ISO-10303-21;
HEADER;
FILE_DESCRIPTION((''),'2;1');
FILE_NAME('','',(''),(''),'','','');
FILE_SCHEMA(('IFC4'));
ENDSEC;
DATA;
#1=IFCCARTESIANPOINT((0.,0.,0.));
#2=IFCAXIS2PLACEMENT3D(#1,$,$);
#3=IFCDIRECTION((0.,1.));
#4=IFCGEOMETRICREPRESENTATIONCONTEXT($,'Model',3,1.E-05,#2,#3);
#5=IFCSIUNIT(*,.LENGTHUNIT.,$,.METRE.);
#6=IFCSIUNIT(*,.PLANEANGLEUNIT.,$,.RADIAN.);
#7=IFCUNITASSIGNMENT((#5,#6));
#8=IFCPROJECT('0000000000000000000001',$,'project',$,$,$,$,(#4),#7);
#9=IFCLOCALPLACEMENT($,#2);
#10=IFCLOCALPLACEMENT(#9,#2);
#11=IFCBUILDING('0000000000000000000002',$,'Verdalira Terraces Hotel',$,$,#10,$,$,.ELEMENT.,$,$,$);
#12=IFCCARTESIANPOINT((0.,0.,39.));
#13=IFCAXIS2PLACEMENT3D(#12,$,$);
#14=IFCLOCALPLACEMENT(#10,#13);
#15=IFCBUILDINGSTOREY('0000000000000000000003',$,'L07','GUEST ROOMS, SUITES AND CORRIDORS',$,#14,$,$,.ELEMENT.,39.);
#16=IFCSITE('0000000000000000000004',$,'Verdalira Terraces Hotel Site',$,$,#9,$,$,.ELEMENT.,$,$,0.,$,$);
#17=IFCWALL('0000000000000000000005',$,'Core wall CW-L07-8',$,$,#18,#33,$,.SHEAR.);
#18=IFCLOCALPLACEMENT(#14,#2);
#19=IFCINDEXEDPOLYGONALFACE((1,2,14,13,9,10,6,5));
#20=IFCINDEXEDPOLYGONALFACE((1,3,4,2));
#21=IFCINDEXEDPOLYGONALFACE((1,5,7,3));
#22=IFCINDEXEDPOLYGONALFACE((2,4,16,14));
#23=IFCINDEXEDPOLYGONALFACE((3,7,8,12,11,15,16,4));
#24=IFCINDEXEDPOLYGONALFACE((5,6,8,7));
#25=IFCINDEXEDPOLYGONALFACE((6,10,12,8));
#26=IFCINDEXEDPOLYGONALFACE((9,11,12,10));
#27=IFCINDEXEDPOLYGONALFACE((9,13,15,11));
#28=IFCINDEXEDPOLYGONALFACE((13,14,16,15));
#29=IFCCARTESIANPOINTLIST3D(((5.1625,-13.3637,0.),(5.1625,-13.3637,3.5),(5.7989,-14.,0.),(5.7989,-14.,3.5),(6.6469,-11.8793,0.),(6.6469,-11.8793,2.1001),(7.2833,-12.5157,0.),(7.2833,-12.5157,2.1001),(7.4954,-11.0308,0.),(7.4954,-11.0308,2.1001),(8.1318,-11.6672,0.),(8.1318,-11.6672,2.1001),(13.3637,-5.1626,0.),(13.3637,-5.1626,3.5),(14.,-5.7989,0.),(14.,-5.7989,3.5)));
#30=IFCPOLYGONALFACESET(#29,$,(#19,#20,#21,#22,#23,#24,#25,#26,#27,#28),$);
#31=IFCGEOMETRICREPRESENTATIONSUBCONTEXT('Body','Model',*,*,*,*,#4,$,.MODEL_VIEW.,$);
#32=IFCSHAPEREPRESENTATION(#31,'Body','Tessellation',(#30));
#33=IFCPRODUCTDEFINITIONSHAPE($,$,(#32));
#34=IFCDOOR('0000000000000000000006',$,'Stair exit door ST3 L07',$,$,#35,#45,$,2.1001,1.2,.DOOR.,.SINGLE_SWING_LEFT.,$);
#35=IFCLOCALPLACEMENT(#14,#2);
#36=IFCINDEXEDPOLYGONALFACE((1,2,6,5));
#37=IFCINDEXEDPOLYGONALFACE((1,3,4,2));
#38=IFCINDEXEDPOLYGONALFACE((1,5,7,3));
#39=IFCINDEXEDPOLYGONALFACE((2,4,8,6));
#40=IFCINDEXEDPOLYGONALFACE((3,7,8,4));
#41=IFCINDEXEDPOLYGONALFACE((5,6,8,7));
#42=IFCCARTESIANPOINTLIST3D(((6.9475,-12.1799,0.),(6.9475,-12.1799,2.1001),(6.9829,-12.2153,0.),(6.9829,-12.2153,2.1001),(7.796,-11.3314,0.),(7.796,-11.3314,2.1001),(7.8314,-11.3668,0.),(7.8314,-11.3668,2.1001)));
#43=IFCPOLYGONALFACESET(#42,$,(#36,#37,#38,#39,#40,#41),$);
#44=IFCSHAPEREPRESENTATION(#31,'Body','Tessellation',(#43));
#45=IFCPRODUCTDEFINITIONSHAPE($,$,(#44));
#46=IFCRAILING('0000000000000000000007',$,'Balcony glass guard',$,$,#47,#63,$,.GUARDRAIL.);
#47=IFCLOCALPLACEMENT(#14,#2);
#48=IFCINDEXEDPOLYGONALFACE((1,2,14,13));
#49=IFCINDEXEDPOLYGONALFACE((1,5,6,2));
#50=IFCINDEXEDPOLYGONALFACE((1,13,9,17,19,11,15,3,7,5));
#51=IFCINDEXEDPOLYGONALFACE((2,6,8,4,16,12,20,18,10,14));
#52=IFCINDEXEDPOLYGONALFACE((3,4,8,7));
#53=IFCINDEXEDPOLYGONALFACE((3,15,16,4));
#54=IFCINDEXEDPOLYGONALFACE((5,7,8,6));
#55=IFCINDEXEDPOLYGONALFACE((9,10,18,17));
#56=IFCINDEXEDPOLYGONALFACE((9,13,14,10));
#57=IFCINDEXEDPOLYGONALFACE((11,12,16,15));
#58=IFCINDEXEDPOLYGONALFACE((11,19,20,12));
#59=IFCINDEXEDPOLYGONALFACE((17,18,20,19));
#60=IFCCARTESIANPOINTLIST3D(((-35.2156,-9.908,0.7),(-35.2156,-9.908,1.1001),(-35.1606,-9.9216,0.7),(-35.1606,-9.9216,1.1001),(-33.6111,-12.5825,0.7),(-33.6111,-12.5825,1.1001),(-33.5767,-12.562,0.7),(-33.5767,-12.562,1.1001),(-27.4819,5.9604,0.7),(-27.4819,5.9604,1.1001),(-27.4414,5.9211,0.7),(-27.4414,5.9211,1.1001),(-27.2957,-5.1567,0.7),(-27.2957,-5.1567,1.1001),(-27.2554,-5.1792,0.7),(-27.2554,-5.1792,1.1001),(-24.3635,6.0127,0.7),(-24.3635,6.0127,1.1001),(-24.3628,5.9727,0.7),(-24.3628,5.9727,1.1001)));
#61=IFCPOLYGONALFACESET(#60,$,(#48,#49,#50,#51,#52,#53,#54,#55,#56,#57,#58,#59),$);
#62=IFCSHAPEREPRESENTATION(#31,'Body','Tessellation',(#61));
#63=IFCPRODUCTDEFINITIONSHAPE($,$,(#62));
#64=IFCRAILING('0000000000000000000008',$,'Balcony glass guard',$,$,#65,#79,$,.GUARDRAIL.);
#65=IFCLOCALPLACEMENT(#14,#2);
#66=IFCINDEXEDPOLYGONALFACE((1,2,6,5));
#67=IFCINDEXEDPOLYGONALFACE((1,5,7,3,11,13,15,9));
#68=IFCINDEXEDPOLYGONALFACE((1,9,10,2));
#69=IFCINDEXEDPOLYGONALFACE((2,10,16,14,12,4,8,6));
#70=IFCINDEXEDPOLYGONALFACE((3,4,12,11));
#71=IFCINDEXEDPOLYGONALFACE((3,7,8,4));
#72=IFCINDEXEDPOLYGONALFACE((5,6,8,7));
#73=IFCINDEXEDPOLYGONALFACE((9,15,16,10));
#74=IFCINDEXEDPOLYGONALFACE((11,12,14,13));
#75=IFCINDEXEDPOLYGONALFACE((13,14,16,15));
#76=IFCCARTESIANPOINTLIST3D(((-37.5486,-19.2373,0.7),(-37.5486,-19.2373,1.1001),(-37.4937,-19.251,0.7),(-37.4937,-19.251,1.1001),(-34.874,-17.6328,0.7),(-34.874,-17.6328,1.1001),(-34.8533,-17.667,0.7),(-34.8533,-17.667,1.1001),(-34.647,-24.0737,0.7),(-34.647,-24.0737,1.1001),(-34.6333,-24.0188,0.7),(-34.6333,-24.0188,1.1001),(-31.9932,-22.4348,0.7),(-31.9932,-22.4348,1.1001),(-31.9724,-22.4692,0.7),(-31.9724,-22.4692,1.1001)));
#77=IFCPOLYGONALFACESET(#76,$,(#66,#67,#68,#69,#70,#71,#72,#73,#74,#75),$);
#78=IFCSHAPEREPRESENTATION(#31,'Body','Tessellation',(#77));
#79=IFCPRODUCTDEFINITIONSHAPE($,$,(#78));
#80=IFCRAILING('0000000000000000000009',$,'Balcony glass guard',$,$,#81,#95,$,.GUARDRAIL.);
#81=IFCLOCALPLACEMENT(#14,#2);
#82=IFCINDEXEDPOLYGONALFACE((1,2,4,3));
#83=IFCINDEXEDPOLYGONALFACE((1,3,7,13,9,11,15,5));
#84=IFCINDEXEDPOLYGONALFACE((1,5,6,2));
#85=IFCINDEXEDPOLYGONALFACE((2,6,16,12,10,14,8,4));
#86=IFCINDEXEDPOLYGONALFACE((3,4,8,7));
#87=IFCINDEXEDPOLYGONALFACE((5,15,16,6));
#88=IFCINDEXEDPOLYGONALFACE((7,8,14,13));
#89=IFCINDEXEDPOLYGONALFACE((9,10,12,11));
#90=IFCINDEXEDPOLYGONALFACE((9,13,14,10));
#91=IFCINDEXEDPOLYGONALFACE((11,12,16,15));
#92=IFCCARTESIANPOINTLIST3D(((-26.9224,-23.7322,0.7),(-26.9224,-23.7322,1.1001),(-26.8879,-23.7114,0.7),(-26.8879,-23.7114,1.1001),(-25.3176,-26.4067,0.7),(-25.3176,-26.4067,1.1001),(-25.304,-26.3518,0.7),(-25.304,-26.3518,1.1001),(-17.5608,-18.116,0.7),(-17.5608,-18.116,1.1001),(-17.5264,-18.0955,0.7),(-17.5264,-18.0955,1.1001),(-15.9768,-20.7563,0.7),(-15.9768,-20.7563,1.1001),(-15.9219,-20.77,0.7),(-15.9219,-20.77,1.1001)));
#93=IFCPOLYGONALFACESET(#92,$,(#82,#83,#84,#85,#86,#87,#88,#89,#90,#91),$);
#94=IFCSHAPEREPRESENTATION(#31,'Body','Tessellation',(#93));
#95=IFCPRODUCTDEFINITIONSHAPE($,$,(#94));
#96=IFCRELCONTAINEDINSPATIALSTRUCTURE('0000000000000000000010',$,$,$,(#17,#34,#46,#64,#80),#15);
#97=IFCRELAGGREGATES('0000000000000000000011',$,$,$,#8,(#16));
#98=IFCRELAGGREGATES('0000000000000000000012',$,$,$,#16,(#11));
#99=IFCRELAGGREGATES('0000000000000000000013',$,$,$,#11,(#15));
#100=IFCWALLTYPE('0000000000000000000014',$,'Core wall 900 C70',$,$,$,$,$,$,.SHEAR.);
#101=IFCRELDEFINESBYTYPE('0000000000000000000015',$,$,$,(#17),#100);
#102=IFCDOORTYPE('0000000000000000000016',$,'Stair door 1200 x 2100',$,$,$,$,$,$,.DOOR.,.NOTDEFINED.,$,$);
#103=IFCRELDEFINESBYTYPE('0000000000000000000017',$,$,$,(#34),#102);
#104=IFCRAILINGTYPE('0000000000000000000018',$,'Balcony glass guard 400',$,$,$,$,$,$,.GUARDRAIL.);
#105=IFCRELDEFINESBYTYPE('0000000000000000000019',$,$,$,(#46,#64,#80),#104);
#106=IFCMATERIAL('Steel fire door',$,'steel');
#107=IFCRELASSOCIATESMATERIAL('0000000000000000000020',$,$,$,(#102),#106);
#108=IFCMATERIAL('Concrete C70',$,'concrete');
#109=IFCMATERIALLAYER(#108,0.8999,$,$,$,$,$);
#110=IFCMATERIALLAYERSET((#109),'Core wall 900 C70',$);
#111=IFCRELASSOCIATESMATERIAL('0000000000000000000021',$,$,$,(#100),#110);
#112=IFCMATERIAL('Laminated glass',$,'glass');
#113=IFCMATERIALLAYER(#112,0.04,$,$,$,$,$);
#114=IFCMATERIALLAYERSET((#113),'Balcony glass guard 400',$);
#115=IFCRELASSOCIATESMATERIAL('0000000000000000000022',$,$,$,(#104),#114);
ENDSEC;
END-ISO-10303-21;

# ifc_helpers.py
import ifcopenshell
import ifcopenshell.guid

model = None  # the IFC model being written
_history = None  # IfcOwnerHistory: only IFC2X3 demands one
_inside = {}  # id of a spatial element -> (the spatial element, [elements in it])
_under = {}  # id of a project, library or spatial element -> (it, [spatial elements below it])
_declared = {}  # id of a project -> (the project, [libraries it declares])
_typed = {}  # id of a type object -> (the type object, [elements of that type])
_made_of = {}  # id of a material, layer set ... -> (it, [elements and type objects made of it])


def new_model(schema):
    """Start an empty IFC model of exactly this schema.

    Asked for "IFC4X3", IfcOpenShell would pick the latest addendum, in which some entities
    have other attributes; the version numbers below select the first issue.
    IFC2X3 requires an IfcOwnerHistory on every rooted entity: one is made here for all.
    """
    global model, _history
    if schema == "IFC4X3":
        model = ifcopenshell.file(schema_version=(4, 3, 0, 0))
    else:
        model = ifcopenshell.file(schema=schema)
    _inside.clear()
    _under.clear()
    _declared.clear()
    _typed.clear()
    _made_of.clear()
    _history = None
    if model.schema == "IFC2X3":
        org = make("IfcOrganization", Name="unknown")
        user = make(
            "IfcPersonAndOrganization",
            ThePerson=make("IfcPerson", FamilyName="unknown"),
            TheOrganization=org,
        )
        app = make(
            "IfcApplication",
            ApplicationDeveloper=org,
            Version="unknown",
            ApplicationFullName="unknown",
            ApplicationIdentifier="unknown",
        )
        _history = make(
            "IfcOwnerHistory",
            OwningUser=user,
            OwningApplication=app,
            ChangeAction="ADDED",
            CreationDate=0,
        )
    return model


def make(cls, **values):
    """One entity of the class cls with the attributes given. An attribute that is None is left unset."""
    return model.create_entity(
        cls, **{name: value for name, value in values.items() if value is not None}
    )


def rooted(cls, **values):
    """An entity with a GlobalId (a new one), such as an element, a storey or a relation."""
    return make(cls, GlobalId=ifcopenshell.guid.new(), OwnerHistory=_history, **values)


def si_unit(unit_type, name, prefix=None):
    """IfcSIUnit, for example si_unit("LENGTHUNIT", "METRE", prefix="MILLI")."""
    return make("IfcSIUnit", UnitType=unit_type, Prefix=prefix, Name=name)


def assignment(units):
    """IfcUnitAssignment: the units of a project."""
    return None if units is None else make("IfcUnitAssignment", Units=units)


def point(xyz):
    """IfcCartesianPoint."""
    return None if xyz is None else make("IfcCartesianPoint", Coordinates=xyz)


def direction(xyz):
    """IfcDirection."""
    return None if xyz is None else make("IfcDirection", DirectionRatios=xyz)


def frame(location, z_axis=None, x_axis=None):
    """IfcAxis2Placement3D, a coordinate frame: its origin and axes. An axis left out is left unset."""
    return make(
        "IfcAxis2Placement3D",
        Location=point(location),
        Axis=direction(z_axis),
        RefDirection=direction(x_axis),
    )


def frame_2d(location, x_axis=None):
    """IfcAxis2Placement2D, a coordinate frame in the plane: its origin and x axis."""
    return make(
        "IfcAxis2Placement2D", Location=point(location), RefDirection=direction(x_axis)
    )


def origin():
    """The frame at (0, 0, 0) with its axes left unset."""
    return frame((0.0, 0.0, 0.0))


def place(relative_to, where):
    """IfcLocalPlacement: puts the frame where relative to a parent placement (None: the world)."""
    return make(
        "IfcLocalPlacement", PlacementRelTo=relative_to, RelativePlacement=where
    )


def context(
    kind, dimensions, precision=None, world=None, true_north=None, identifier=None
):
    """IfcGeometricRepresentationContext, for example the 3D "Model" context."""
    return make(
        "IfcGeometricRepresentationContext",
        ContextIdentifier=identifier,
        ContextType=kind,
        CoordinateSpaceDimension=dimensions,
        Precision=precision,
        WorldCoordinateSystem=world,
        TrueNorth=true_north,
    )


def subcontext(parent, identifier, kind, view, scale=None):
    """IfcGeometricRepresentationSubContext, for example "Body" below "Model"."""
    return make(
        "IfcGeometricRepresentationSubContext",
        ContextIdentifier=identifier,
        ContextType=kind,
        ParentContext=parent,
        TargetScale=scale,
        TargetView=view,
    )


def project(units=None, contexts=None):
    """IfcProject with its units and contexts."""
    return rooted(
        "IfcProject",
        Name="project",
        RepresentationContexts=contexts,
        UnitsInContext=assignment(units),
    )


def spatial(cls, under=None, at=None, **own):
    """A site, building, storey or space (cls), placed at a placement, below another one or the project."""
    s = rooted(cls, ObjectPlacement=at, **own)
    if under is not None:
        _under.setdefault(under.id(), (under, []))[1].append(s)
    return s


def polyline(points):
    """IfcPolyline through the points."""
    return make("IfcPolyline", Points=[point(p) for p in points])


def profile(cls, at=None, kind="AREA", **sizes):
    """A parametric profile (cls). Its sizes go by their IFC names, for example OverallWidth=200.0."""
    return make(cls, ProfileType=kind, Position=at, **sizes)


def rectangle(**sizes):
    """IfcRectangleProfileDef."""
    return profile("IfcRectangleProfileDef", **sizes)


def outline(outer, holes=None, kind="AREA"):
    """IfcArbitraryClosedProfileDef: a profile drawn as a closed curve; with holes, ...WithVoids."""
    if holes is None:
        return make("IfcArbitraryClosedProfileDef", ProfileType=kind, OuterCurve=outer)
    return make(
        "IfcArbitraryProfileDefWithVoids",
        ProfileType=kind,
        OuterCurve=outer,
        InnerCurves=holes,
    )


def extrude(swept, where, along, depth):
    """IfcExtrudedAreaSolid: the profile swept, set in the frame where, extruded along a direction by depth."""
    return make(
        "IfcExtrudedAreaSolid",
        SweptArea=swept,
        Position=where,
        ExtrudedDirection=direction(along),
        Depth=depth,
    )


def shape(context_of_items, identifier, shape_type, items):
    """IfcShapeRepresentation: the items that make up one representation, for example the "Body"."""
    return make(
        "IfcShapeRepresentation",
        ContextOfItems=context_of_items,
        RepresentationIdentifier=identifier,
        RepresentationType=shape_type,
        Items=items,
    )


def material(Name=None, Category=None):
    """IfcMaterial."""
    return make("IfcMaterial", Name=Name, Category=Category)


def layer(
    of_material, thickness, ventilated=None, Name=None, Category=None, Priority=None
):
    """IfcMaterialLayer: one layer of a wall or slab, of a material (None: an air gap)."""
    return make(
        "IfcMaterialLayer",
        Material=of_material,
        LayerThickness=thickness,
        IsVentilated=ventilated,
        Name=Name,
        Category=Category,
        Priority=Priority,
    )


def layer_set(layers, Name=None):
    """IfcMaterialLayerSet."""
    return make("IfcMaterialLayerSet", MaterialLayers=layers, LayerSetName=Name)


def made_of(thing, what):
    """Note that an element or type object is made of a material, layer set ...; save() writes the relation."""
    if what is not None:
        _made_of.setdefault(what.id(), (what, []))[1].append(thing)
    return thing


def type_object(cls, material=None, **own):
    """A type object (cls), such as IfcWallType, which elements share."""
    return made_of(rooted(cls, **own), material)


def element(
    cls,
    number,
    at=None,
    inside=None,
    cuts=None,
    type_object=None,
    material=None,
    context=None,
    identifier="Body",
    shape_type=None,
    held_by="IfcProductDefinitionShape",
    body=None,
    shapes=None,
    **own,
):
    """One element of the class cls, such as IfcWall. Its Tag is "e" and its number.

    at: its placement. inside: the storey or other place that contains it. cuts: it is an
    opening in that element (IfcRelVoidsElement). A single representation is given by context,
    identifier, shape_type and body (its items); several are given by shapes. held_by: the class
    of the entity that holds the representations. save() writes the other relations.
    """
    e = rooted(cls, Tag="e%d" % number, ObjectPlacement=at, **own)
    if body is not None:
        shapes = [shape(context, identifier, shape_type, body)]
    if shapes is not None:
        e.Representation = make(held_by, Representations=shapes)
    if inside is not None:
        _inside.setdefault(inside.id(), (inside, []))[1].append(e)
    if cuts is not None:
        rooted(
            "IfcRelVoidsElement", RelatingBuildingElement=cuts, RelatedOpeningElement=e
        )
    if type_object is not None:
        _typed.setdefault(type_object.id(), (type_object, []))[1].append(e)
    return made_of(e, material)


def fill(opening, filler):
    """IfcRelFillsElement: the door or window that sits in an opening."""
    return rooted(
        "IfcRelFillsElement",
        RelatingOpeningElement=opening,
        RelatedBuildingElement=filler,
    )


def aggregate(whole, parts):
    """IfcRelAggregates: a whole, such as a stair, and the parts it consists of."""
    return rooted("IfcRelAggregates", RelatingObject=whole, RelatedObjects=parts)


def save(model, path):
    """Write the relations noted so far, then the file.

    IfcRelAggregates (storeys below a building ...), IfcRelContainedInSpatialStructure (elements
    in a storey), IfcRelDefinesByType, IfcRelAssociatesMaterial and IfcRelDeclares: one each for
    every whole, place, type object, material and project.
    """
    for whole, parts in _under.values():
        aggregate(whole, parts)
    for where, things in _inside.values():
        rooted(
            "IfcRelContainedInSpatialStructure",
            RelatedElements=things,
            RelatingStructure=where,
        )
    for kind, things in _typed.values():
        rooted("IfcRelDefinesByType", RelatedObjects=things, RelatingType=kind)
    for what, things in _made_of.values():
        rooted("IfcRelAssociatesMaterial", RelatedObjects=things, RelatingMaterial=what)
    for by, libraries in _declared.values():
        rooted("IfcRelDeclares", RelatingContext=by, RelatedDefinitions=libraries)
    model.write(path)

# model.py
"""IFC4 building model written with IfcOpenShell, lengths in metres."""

from ifc_helpers import new_model, si_unit, direction, frame, frame_2d, origin, place, context, subcontext, project, spatial, polyline, rectangle, outline, extrude, material, layer, layer_set, type_object, element, fill, save


model = new_model("IFC4")

# Units and contexts
model_context = context("Model", 3, precision=1e-05, world=origin(), true_north=direction((0.0, 1.0)))
body_context = subcontext(model_context, "Body", "Model", "MODEL_VIEW")
ifc_project = project(units=[si_unit("LENGTHUNIT", "METRE"), si_unit("PLANEANGLEUNIT", "RADIAN")], contexts=[model_context])

# Site, building, storey
site_placement = place(None, origin())
site = spatial("IfcSite", under=ifc_project, at=site_placement, Name="Verdalira Terraces Hotel Site", CompositionType="ELEMENT", RefElevation=0.0)
building_placement = place(site_placement, origin())
building = spatial("IfcBuilding", under=site, at=building_placement, Name="Verdalira Terraces Hotel", CompositionType="ELEMENT")
storey_placement = place(building_placement, frame((0.0, 0.0, 39.0)))
storey = spatial("IfcBuildingStorey", under=building, at=storey_placement, Name="L07", Description="GUEST ROOMS, SUITES AND CORRIDORS", CompositionType="ELEMENT", Elevation=39.0)

# Shared definitions
ifc_material_1 = material(Name="Steel fire door", Category="steel")
door_type_1 = type_object("IfcDoorType", Name="Stair door 1200 x 2100", OperationType="NOTDEFINED", PredefinedType="DOOR", material=ifc_material_1)

# Wall, opening, door
ifc_material_2 = material(Name="Concrete C70", Category="concrete")
ifc_layer_1 = layer(ifc_material_2, 0.8999)
ifc_layer_set_1 = layer_set([ifc_layer_1], Name="Core wall 900 C70")
wall_type_1 = type_object("IfcWallType", Name="Core wall 900 C70", PredefinedType="SHEAR", material=ifc_layer_set_1)
wall_1_placement = place(storey_placement, frame((5.4807, -13.6819, 0.0), z_axis=(0.0, 0.0, 1.0), x_axis=(0.707107, 0.707107, 0.0)))
wall_1 = element("IfcWall", 1, at=wall_1_placement, inside=storey, type_object=wall_type_1, Name="Core wall CW-L07-8", PredefinedType="SHEAR", context=body_context, shape_type="SweptSolid", body=[
    extrude(rectangle(XDim=11.5981, YDim=0.8999, at=frame_2d((5.7991, 0.0))), origin(), (0.0, 0.0, 1.0), 3.5),
])
opening_1_placement = place(wall_1_placement, frame((2.0991, 0.0, 0.0)))
opening_1 = element("IfcOpeningElement", 2, at=opening_1_placement, cuts=wall_1, PredefinedType="OPENING", context=body_context, shape_type="SweptSolid", body=[
    extrude(rectangle(XDim=1.2, YDim=2.1001, at=frame_2d((0.6001, 1.05))), frame((0.0, 0.46, 0.0), z_axis=(0.0, -1.0, 0.0), x_axis=(1.0, 0.0, 0.0)), (0.0, 0.0, 1.0), 0.9199),
])
door_1_placement = place(opening_1_placement, origin())
door_1 = element("IfcDoor", 3, at=door_1_placement, inside=storey, type_object=door_type_1, Name="Stair exit door ST3 L07", OperationType="SINGLE_SWING_LEFT", OverallHeight=2.1001, OverallWidth=1.2, PredefinedType="DOOR", context=body_context, shape_type="SweptSolid", body=[
    extrude(rectangle(XDim=1.2, YDim=2.1001, at=frame_2d((0.6001, 1.05))), frame((0.0, 0.0249, 0.0), z_axis=(0.0, -1.0, 0.0), x_axis=(1.0, 0.0, 0.0)), (0.0, 0.0, 1.0), 0.05),
])
fill(opening_1, door_1)

# Railings
ifc_material_3 = material(Name="Laminated glass", Category="glass")
ifc_layer_2 = layer(ifc_material_3, 0.04)
ifc_layer_set_2 = layer_set([ifc_layer_2], Name="Balcony glass guard 400")
railing_type_1 = type_object("IfcRailingType", Name="Balcony glass guard 400", PredefinedType="GUARDRAIL", material=ifc_layer_set_2)
railing_1_placement = place(storey_placement, frame((0.0, 0.0, 0.7)))
element("IfcRailing", 4, at=railing_1_placement, inside=storey, type_object=railing_type_1, Name="Balcony glass guard", PredefinedType="GUARDRAIL", context=body_context, shape_type="SweptSolid", body=[
    extrude(outline(polyline([(-27.4414, 5.9211), (-27.2554, -5.1792), (-35.1606, -9.9216), (-33.5767, -12.562), (-33.6111, -12.5825), (-35.2156, -9.908), (-27.2957, -5.1567), (-27.4819, 5.9604), (-24.3635, 6.0127), (-24.3628, 5.9727), (-27.4414, 5.9211)])), origin(), (0.0, 0.0, 1.0), 0.4001),
])
railing_2_placement = place(storey_placement, frame((0.0, 0.0, 0.7)))
element("IfcRailing", 5, at=railing_2_placement, inside=storey, type_object=railing_type_1, Name="Balcony glass guard", PredefinedType="GUARDRAIL", context=body_context, shape_type="SweptSolid", body=[
    extrude(outline(polyline([(-37.4937, -19.251), (-34.6333, -24.0188), (-31.9932, -22.4348), (-31.9724, -22.4692), (-34.647, -24.0737), (-37.5486, -19.2373), (-34.874, -17.6328), (-34.8533, -17.667), (-37.4937, -19.251)])), origin(), (0.0, 0.0, 1.0), 0.4001),
])
railing_3_placement = place(storey_placement, frame((0.0, 0.0, 0.7)))
element("IfcRailing", 6, at=railing_3_placement, inside=storey, type_object=railing_type_1, Name="Balcony glass guard", PredefinedType="GUARDRAIL", context=body_context, shape_type="SweptSolid", body=[
    extrude(outline(polyline([(-25.304, -26.3518), (-15.9768, -20.7563), (-17.5608, -18.116), (-17.5264, -18.0955), (-15.9219, -20.77), (-25.3176, -26.4067), (-26.9224, -23.7322), (-26.8879, -23.7114), (-25.304, -26.3518)])), origin(), (0.0, 0.0, 1.0), 0.4001),
])

save(model, "model.ifc")
